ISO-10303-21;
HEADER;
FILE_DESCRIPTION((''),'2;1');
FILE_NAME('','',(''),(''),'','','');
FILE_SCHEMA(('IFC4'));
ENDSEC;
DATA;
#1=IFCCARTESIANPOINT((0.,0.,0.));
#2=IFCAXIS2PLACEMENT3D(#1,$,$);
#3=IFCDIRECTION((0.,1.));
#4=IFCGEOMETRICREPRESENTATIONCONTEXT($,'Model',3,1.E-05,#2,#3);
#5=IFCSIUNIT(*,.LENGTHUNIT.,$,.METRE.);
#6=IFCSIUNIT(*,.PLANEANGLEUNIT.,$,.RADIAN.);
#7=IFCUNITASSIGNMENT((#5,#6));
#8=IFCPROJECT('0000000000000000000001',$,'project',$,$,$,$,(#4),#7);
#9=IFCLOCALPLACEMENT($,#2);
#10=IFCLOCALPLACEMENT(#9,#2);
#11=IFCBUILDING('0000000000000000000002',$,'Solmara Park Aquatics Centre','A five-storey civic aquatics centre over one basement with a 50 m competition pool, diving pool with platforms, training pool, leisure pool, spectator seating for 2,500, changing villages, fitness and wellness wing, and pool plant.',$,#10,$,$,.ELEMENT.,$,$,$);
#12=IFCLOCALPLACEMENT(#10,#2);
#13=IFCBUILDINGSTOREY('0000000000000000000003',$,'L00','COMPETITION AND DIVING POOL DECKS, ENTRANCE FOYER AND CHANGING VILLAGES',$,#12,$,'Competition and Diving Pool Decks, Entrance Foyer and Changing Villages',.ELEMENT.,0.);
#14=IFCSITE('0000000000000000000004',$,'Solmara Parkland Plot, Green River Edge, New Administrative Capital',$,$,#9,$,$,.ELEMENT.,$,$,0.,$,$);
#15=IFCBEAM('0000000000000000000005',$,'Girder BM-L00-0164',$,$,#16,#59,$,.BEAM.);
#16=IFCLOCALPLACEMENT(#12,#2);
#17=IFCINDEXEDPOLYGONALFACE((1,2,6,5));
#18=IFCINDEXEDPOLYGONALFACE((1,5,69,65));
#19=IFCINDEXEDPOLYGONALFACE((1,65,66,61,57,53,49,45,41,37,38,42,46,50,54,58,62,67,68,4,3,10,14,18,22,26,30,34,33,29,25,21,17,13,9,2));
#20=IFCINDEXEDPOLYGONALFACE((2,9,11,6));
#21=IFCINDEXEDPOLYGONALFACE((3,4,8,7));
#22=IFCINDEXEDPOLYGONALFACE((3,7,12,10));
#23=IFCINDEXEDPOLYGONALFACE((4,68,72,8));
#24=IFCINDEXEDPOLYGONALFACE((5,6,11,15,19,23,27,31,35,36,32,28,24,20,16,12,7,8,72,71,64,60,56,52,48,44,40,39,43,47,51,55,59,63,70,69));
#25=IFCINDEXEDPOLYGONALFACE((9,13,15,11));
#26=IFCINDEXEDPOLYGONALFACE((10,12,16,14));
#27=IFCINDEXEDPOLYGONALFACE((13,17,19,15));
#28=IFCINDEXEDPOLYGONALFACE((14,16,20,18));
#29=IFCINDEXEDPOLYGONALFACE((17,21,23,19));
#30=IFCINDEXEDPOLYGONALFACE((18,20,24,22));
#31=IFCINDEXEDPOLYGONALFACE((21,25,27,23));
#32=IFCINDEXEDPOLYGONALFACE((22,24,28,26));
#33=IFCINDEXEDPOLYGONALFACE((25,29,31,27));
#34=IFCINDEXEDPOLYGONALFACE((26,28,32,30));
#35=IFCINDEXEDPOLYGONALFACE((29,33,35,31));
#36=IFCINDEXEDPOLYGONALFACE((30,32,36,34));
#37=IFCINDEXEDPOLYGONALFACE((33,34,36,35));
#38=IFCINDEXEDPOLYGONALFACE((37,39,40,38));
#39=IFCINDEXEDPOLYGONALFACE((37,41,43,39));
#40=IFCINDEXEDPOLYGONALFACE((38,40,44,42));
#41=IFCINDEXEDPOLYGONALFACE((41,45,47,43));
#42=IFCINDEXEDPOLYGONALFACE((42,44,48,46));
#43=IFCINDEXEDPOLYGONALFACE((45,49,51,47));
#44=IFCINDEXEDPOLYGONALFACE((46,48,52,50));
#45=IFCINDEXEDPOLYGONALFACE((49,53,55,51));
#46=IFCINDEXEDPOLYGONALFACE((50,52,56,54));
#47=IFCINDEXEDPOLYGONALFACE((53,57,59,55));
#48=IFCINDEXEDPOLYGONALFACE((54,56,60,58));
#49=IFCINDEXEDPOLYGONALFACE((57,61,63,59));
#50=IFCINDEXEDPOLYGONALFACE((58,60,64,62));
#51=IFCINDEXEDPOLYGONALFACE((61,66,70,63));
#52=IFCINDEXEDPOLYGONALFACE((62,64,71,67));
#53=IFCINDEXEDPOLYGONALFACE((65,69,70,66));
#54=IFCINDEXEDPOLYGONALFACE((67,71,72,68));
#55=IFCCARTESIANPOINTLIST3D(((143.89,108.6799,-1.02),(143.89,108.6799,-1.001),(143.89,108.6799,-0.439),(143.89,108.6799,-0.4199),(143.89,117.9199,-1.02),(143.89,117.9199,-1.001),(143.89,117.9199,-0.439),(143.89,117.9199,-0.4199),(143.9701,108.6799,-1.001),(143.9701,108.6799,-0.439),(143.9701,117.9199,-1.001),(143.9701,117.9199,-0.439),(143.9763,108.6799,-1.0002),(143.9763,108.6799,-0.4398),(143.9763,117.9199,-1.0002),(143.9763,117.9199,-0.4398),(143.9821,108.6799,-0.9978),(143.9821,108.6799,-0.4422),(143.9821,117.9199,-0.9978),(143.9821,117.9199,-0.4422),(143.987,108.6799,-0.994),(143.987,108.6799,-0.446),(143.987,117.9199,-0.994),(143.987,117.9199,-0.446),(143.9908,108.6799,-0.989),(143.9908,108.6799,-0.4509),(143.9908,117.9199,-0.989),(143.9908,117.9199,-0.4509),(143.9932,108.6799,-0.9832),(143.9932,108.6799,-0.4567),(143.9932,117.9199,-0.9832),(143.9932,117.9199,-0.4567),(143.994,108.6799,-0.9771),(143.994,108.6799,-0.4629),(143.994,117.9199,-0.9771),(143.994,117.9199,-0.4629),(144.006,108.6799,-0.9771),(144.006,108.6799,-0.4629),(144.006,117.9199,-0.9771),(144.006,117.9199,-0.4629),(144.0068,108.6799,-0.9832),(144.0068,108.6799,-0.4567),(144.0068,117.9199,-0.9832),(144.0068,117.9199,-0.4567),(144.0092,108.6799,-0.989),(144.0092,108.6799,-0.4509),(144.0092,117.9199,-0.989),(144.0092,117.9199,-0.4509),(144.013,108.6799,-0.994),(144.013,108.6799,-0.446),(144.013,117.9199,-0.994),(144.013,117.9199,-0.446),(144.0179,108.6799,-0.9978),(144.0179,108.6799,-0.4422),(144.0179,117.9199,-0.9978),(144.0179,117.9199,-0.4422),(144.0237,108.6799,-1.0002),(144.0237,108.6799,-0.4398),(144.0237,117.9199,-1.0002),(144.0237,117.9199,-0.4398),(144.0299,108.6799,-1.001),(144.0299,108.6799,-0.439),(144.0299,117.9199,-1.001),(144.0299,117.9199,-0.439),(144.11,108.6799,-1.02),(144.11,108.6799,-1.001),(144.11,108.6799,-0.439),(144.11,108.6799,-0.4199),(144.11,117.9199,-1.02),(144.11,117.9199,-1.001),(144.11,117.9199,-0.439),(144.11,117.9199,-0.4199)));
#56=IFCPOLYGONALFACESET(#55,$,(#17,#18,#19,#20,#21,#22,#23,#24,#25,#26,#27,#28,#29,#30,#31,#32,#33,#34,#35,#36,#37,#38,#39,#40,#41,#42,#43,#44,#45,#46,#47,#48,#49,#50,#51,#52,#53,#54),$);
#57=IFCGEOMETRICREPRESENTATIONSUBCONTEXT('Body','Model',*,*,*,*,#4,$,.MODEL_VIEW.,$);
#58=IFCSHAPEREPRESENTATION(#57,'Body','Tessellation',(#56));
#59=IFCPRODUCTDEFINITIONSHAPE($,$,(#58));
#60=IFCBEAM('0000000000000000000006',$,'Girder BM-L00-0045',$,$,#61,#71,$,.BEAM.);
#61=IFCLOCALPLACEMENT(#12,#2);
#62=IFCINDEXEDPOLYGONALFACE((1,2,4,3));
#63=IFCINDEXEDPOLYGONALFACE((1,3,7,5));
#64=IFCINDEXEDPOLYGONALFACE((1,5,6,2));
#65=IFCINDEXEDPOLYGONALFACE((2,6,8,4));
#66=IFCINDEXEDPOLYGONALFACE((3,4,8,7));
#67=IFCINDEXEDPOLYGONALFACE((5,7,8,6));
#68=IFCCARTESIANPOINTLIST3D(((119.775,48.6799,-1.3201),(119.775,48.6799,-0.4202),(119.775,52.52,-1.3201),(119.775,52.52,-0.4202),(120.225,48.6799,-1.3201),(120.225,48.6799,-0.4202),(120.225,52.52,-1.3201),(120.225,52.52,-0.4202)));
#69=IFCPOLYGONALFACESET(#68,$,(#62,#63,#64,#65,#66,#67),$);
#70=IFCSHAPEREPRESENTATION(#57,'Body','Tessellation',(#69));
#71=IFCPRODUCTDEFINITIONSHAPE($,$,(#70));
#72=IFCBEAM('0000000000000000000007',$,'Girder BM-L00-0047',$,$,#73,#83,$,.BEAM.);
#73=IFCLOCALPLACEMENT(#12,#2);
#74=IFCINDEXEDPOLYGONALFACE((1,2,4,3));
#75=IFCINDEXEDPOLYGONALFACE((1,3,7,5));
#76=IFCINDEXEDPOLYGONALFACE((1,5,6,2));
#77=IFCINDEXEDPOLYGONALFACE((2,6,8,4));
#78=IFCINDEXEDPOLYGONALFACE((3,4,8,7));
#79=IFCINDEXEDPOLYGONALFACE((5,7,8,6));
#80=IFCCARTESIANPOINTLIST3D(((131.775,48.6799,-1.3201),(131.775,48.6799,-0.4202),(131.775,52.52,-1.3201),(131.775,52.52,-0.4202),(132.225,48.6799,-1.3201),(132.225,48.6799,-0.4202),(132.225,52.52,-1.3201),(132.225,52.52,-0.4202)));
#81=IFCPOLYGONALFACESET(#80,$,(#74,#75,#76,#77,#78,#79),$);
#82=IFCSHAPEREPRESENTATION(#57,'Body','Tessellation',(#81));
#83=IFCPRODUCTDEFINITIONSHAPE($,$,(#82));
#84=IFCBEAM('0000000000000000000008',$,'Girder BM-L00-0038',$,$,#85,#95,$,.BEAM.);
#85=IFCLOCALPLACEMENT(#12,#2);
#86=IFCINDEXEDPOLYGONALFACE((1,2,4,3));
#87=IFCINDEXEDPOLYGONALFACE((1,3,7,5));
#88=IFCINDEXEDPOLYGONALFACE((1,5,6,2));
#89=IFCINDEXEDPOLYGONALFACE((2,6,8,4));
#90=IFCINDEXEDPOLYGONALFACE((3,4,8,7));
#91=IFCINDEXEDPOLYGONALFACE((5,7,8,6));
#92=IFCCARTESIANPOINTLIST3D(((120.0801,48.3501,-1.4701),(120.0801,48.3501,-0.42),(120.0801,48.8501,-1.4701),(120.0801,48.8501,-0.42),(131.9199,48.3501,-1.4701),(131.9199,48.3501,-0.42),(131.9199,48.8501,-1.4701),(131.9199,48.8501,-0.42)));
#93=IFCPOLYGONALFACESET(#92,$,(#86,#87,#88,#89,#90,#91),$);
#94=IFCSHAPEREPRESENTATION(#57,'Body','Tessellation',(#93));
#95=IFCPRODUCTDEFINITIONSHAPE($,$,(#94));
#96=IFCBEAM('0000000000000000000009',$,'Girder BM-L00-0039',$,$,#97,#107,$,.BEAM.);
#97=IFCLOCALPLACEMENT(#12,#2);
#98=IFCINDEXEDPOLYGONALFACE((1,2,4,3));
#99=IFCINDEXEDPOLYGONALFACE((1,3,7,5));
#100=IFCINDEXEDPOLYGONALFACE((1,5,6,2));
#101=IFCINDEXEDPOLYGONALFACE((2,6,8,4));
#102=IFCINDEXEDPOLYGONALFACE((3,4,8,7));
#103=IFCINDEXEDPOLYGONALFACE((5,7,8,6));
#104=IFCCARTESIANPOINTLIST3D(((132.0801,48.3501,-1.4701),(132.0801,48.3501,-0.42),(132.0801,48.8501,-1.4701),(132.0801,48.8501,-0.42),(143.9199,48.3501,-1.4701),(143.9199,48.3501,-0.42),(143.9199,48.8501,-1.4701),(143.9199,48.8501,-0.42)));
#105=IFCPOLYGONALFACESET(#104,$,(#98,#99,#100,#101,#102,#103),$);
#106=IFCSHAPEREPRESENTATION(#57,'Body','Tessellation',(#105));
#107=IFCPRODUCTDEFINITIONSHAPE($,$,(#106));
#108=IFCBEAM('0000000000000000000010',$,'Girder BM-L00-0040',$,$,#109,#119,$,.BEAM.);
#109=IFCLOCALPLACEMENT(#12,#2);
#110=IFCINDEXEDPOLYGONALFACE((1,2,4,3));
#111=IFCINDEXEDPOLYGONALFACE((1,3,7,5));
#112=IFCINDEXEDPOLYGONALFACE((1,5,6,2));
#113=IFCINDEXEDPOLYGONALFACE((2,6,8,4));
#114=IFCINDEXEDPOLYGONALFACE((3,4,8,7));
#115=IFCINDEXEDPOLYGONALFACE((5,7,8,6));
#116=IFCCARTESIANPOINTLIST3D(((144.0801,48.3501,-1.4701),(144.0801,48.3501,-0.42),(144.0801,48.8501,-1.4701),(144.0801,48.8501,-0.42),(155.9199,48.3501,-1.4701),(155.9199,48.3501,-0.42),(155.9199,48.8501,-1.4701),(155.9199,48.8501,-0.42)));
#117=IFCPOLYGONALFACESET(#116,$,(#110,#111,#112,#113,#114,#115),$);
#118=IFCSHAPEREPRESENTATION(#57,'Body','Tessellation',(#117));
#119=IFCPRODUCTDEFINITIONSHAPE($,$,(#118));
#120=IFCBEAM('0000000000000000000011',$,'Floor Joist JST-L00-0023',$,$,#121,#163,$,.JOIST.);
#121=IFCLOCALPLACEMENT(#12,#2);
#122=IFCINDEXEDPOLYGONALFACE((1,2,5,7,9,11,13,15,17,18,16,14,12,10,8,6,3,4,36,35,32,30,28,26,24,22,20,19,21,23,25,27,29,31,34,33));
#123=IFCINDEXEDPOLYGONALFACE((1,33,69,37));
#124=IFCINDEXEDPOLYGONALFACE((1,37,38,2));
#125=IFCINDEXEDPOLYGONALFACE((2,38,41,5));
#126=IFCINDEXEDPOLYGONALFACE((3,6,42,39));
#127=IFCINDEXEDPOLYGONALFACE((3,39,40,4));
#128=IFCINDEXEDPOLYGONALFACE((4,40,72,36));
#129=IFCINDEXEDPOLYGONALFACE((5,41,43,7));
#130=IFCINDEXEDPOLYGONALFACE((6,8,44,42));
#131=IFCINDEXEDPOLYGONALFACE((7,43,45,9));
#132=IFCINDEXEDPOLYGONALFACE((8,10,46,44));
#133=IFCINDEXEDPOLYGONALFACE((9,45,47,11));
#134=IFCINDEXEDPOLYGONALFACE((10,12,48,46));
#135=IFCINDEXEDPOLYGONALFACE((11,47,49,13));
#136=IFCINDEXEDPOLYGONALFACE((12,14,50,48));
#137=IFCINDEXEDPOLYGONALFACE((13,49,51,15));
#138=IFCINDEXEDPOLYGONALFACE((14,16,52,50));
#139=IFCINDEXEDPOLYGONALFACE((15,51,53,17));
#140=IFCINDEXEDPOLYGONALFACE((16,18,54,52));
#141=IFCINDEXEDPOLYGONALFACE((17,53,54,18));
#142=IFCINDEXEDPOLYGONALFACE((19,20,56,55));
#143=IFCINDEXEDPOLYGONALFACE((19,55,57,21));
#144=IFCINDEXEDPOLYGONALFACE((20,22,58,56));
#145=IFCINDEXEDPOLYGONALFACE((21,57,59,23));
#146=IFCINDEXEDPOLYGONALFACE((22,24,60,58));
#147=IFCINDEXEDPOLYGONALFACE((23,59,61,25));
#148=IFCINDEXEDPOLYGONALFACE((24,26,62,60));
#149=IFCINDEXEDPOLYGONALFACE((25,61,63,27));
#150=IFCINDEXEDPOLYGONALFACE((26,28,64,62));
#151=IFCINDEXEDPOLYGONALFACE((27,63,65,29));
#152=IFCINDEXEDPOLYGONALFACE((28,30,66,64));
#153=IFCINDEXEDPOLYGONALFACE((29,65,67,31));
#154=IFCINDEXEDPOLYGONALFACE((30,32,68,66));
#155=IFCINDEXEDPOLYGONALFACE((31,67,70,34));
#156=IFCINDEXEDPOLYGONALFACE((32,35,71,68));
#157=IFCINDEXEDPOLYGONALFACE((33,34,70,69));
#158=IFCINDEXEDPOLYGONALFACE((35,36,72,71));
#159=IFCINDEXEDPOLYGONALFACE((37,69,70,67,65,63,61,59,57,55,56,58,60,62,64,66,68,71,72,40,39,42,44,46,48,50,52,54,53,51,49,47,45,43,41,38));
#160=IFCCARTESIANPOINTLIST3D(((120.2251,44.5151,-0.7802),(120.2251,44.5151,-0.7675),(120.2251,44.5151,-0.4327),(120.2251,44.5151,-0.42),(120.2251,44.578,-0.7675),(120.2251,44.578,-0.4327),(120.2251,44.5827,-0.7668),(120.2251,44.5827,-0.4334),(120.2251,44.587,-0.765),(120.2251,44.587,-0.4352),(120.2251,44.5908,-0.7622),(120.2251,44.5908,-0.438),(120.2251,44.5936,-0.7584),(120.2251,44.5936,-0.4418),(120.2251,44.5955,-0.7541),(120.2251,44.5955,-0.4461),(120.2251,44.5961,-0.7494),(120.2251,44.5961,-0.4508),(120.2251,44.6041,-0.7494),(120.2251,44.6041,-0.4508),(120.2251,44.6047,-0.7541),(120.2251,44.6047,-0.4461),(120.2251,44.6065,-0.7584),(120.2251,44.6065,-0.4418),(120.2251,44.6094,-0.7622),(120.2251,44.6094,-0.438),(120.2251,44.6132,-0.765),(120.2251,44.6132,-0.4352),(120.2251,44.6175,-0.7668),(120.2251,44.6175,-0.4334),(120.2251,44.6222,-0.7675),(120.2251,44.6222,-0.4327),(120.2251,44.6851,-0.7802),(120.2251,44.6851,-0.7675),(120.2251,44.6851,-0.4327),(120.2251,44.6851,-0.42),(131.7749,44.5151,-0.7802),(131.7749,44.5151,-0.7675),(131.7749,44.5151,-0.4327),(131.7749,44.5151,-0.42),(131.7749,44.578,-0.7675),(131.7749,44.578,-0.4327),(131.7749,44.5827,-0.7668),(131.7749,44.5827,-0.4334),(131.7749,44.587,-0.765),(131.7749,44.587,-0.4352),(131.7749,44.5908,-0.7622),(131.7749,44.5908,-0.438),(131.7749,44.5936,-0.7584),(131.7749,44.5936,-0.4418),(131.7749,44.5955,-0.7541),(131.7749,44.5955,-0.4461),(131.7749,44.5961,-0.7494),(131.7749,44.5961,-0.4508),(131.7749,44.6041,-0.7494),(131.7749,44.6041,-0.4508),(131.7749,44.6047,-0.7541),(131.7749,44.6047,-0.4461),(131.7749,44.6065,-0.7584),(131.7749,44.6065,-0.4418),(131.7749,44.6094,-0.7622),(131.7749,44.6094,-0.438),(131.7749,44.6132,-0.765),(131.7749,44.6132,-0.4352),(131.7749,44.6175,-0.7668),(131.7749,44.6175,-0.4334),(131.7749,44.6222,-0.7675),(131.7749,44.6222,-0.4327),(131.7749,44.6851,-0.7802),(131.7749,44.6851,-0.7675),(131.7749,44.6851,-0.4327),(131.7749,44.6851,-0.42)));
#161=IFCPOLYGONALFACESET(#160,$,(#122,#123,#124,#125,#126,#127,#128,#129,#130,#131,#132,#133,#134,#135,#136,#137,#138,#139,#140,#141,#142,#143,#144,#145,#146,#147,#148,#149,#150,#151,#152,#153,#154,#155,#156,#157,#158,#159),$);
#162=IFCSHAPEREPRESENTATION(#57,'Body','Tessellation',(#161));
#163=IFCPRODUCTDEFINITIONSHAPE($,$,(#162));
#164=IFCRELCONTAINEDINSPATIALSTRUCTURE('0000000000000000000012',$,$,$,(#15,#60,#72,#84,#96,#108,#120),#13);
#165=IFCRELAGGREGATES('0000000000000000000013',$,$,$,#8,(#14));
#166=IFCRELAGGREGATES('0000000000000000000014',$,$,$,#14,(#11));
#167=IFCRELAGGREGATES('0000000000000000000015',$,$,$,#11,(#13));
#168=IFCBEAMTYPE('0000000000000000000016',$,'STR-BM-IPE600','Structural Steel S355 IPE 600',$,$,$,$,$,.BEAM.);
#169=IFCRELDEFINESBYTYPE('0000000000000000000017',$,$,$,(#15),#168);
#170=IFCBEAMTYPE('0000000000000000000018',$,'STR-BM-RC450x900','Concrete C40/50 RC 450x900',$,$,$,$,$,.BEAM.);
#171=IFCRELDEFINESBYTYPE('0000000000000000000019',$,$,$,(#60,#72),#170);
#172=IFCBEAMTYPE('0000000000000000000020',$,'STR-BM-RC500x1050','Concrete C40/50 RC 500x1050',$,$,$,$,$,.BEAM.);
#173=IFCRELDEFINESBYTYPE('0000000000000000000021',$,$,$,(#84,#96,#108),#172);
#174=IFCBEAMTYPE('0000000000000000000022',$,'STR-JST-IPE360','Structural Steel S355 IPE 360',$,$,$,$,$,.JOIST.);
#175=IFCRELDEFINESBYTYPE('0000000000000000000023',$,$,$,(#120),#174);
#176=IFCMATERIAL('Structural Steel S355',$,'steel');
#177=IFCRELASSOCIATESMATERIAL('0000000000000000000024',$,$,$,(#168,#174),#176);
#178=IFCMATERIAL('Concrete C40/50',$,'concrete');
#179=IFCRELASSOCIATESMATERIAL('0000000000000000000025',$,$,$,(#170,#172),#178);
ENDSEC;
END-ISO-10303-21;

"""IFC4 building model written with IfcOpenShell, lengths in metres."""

from ifc_helpers import new_model, si_unit, direction, frame, origin, origin_2d, place, context, subcontext, project, spatial, rectangle, i_section, extrude, material, material_profile, profile_set, type_object, element, save


model = new_model("IFC4")

# Units and contexts
model_context = context("Model", 3, precision=1e-05, world=origin(), true_north=direction((0.0, 1.0)))
body_context = subcontext(model_context, "Body", "Model", "MODEL_VIEW")
ifc_project = project(units=[si_unit("LENGTHUNIT", "METRE"), si_unit("PLANEANGLEUNIT", "RADIAN")], contexts=[model_context])

# Site, building, storey
site_placement = place(None, origin())
site = spatial("IfcSite", under=ifc_project, at=site_placement, Name="Solmara Parkland Plot, Green River Edge, New Administrative Capital", CompositionType="ELEMENT", RefElevation=0.0)
building_placement = place(site_placement, origin())
building = spatial("IfcBuilding", under=site, at=building_placement, Name="Solmara Park Aquatics Centre", Description="A five-storey civic aquatics centre over one basement with a 50 m competition pool, diving pool with platforms, training pool, leisure pool, spectator seating for 2,500, changing villages, fitness and wellness wing, and pool plant.", CompositionType="ELEMENT")
storey_placement = place(building_placement, origin())
storey = spatial("IfcBuildingStorey", under=building, at=storey_placement, Name="L00", Description="COMPETITION AND DIVING POOL DECKS, ENTRANCE FOYER AND CHANGING VILLAGES", LongName="Competition and Diving Pool Decks, Entrance Foyer and Changing Villages", CompositionType="ELEMENT", Elevation=0.0)

# Shared definitions
ifc_material_1 = material(Name="Concrete C40/50", Category="concrete")

# Beams
ifc_material_2 = material(Name="Structural Steel S355", Category="steel")
ifc_material_profile_1 = material_profile(ifc_material_2, i_section(OverallWidth=0.22, OverallDepth=0.6001, WebThickness=0.012, FlangeThickness=0.019, FilletRadius=0.0239, at=origin_2d()), Name="IPE 600")
ifc_profile_set_1 = profile_set([ifc_material_profile_1], Name="Structural Steel S355")
beam_type_1 = type_object("IfcBeamType", Name="STR-BM-IPE600", Description="Structural Steel S355 IPE 600", PredefinedType="BEAM", material=ifc_profile_set_1)
for number, where, z_axis, x_axis, name in (
    (1, (144.0, 108.6799, -0.72), (0.0, 1.0, 0.0), (-1.0, 0.0, 0.0), "Girder BM-L00-0164"),
):
    element("IfcBeam", number, at=place(storey_placement, frame(where, z_axis=z_axis, x_axis=x_axis)), inside=storey, type_object=beam_type_1, Name=name, PredefinedType="BEAM", context=body_context, shape_type="SweptSolid", body=[
        extrude(i_section(OverallWidth=0.22, OverallDepth=0.6001, WebThickness=0.012, FlangeThickness=0.019, FilletRadius=0.0239, at=origin_2d()), origin(), (0.0, 0.0, 1.0), 9.24),
    ])
ifc_material_profile_2 = material_profile(ifc_material_1, rectangle(XDim=0.45, YDim=0.8999, at=origin_2d()), Name="RC 450x900")
ifc_profile_set_2 = profile_set([ifc_material_profile_2], Name="Concrete C40/50")
beam_type_2 = type_object("IfcBeamType", Name="STR-BM-RC450x900", Description="Concrete C40/50 RC 450x900", PredefinedType="BEAM", material=ifc_profile_set_2)
for number, where, z_axis, x_axis, name in (
    (2, (120.0, 48.6799, -0.8701), (0.0, 1.0, 0.0), (-1.0, 0.0, 0.0), "Girder BM-L00-0045"),
    (3, (132.0, 48.6799, -0.8701), (0.0, 1.0, 0.0), (-1.0, 0.0, 0.0), "Girder BM-L00-0047"),
):
    element("IfcBeam", number, at=place(storey_placement, frame(where, z_axis=z_axis, x_axis=x_axis)), inside=storey, type_object=beam_type_2, Name=name, PredefinedType="BEAM", context=body_context, shape_type="SweptSolid", body=[
        extrude(rectangle(XDim=0.45, YDim=0.8999, at=origin_2d()), origin(), (0.0, 0.0, 1.0), 3.8401),
    ])
ifc_material_profile_3 = material_profile(ifc_material_1, rectangle(XDim=0.5, YDim=1.05, at=origin_2d()), Name="RC 500x1050")
ifc_profile_set_3 = profile_set([ifc_material_profile_3], Name="Concrete C40/50")
beam_type_3 = type_object("IfcBeamType", Name="STR-BM-RC500x1050", Description="Concrete C40/50 RC 500x1050", PredefinedType="BEAM", material=ifc_profile_set_3)
for number, where, z_axis, x_axis, name in (
    (4, (120.0801, 48.6001, -0.9451), (1.0, 0.0, 0.0), (0.0, 1.0, 0.0), "Girder BM-L00-0038"),
    (5, (132.0801, 48.6001, -0.9451), (1.0, 0.0, 0.0), (0.0, 1.0, 0.0), "Girder BM-L00-0039"),
    (6, (144.0801, 48.6001, -0.9451), (1.0, 0.0, 0.0), (0.0, 1.0, 0.0), "Girder BM-L00-0040"),
):
    element("IfcBeam", number, at=place(storey_placement, frame(where, z_axis=z_axis, x_axis=x_axis)), inside=storey, type_object=beam_type_3, Name=name, PredefinedType="BEAM", context=body_context, shape_type="SweptSolid", body=[
        extrude(rectangle(XDim=0.5, YDim=1.05, at=origin_2d()), origin(), (0.0, 0.0, 1.0), 11.8398),
    ])
ifc_material_profile_4 = material_profile(ifc_material_2, i_section(OverallWidth=0.1699, OverallDepth=0.3601, WebThickness=0.0081, FlangeThickness=0.0127, FilletRadius=0.0181, at=origin_2d()), Name="IPE 360")
ifc_profile_set_4 = profile_set([ifc_material_profile_4], Name="Structural Steel S355")
beam_type_4 = type_object("IfcBeamType", Name="STR-JST-IPE360", Description="Structural Steel S355 IPE 360", PredefinedType="JOIST", material=ifc_profile_set_4)
for number, where, z_axis, x_axis, name in (
    (7, (120.2251, 44.6001, -0.6001), (1.0, 0.0, 0.0), (0.0, 1.0, 0.0), "Floor Joist JST-L00-0023"),
):
    element("IfcBeam", number, at=place(storey_placement, frame(where, z_axis=z_axis, x_axis=x_axis)), inside=storey, type_object=beam_type_4, Name=name, PredefinedType="JOIST", context=body_context, shape_type="SweptSolid", body=[
        extrude(i_section(OverallWidth=0.1699, OverallDepth=0.3601, WebThickness=0.0081, FlangeThickness=0.0127, FilletRadius=0.0181, at=origin_2d()), origin(), (0.0, 0.0, 1.0), 11.5498),
    ])

save(model, "model.ifc")
